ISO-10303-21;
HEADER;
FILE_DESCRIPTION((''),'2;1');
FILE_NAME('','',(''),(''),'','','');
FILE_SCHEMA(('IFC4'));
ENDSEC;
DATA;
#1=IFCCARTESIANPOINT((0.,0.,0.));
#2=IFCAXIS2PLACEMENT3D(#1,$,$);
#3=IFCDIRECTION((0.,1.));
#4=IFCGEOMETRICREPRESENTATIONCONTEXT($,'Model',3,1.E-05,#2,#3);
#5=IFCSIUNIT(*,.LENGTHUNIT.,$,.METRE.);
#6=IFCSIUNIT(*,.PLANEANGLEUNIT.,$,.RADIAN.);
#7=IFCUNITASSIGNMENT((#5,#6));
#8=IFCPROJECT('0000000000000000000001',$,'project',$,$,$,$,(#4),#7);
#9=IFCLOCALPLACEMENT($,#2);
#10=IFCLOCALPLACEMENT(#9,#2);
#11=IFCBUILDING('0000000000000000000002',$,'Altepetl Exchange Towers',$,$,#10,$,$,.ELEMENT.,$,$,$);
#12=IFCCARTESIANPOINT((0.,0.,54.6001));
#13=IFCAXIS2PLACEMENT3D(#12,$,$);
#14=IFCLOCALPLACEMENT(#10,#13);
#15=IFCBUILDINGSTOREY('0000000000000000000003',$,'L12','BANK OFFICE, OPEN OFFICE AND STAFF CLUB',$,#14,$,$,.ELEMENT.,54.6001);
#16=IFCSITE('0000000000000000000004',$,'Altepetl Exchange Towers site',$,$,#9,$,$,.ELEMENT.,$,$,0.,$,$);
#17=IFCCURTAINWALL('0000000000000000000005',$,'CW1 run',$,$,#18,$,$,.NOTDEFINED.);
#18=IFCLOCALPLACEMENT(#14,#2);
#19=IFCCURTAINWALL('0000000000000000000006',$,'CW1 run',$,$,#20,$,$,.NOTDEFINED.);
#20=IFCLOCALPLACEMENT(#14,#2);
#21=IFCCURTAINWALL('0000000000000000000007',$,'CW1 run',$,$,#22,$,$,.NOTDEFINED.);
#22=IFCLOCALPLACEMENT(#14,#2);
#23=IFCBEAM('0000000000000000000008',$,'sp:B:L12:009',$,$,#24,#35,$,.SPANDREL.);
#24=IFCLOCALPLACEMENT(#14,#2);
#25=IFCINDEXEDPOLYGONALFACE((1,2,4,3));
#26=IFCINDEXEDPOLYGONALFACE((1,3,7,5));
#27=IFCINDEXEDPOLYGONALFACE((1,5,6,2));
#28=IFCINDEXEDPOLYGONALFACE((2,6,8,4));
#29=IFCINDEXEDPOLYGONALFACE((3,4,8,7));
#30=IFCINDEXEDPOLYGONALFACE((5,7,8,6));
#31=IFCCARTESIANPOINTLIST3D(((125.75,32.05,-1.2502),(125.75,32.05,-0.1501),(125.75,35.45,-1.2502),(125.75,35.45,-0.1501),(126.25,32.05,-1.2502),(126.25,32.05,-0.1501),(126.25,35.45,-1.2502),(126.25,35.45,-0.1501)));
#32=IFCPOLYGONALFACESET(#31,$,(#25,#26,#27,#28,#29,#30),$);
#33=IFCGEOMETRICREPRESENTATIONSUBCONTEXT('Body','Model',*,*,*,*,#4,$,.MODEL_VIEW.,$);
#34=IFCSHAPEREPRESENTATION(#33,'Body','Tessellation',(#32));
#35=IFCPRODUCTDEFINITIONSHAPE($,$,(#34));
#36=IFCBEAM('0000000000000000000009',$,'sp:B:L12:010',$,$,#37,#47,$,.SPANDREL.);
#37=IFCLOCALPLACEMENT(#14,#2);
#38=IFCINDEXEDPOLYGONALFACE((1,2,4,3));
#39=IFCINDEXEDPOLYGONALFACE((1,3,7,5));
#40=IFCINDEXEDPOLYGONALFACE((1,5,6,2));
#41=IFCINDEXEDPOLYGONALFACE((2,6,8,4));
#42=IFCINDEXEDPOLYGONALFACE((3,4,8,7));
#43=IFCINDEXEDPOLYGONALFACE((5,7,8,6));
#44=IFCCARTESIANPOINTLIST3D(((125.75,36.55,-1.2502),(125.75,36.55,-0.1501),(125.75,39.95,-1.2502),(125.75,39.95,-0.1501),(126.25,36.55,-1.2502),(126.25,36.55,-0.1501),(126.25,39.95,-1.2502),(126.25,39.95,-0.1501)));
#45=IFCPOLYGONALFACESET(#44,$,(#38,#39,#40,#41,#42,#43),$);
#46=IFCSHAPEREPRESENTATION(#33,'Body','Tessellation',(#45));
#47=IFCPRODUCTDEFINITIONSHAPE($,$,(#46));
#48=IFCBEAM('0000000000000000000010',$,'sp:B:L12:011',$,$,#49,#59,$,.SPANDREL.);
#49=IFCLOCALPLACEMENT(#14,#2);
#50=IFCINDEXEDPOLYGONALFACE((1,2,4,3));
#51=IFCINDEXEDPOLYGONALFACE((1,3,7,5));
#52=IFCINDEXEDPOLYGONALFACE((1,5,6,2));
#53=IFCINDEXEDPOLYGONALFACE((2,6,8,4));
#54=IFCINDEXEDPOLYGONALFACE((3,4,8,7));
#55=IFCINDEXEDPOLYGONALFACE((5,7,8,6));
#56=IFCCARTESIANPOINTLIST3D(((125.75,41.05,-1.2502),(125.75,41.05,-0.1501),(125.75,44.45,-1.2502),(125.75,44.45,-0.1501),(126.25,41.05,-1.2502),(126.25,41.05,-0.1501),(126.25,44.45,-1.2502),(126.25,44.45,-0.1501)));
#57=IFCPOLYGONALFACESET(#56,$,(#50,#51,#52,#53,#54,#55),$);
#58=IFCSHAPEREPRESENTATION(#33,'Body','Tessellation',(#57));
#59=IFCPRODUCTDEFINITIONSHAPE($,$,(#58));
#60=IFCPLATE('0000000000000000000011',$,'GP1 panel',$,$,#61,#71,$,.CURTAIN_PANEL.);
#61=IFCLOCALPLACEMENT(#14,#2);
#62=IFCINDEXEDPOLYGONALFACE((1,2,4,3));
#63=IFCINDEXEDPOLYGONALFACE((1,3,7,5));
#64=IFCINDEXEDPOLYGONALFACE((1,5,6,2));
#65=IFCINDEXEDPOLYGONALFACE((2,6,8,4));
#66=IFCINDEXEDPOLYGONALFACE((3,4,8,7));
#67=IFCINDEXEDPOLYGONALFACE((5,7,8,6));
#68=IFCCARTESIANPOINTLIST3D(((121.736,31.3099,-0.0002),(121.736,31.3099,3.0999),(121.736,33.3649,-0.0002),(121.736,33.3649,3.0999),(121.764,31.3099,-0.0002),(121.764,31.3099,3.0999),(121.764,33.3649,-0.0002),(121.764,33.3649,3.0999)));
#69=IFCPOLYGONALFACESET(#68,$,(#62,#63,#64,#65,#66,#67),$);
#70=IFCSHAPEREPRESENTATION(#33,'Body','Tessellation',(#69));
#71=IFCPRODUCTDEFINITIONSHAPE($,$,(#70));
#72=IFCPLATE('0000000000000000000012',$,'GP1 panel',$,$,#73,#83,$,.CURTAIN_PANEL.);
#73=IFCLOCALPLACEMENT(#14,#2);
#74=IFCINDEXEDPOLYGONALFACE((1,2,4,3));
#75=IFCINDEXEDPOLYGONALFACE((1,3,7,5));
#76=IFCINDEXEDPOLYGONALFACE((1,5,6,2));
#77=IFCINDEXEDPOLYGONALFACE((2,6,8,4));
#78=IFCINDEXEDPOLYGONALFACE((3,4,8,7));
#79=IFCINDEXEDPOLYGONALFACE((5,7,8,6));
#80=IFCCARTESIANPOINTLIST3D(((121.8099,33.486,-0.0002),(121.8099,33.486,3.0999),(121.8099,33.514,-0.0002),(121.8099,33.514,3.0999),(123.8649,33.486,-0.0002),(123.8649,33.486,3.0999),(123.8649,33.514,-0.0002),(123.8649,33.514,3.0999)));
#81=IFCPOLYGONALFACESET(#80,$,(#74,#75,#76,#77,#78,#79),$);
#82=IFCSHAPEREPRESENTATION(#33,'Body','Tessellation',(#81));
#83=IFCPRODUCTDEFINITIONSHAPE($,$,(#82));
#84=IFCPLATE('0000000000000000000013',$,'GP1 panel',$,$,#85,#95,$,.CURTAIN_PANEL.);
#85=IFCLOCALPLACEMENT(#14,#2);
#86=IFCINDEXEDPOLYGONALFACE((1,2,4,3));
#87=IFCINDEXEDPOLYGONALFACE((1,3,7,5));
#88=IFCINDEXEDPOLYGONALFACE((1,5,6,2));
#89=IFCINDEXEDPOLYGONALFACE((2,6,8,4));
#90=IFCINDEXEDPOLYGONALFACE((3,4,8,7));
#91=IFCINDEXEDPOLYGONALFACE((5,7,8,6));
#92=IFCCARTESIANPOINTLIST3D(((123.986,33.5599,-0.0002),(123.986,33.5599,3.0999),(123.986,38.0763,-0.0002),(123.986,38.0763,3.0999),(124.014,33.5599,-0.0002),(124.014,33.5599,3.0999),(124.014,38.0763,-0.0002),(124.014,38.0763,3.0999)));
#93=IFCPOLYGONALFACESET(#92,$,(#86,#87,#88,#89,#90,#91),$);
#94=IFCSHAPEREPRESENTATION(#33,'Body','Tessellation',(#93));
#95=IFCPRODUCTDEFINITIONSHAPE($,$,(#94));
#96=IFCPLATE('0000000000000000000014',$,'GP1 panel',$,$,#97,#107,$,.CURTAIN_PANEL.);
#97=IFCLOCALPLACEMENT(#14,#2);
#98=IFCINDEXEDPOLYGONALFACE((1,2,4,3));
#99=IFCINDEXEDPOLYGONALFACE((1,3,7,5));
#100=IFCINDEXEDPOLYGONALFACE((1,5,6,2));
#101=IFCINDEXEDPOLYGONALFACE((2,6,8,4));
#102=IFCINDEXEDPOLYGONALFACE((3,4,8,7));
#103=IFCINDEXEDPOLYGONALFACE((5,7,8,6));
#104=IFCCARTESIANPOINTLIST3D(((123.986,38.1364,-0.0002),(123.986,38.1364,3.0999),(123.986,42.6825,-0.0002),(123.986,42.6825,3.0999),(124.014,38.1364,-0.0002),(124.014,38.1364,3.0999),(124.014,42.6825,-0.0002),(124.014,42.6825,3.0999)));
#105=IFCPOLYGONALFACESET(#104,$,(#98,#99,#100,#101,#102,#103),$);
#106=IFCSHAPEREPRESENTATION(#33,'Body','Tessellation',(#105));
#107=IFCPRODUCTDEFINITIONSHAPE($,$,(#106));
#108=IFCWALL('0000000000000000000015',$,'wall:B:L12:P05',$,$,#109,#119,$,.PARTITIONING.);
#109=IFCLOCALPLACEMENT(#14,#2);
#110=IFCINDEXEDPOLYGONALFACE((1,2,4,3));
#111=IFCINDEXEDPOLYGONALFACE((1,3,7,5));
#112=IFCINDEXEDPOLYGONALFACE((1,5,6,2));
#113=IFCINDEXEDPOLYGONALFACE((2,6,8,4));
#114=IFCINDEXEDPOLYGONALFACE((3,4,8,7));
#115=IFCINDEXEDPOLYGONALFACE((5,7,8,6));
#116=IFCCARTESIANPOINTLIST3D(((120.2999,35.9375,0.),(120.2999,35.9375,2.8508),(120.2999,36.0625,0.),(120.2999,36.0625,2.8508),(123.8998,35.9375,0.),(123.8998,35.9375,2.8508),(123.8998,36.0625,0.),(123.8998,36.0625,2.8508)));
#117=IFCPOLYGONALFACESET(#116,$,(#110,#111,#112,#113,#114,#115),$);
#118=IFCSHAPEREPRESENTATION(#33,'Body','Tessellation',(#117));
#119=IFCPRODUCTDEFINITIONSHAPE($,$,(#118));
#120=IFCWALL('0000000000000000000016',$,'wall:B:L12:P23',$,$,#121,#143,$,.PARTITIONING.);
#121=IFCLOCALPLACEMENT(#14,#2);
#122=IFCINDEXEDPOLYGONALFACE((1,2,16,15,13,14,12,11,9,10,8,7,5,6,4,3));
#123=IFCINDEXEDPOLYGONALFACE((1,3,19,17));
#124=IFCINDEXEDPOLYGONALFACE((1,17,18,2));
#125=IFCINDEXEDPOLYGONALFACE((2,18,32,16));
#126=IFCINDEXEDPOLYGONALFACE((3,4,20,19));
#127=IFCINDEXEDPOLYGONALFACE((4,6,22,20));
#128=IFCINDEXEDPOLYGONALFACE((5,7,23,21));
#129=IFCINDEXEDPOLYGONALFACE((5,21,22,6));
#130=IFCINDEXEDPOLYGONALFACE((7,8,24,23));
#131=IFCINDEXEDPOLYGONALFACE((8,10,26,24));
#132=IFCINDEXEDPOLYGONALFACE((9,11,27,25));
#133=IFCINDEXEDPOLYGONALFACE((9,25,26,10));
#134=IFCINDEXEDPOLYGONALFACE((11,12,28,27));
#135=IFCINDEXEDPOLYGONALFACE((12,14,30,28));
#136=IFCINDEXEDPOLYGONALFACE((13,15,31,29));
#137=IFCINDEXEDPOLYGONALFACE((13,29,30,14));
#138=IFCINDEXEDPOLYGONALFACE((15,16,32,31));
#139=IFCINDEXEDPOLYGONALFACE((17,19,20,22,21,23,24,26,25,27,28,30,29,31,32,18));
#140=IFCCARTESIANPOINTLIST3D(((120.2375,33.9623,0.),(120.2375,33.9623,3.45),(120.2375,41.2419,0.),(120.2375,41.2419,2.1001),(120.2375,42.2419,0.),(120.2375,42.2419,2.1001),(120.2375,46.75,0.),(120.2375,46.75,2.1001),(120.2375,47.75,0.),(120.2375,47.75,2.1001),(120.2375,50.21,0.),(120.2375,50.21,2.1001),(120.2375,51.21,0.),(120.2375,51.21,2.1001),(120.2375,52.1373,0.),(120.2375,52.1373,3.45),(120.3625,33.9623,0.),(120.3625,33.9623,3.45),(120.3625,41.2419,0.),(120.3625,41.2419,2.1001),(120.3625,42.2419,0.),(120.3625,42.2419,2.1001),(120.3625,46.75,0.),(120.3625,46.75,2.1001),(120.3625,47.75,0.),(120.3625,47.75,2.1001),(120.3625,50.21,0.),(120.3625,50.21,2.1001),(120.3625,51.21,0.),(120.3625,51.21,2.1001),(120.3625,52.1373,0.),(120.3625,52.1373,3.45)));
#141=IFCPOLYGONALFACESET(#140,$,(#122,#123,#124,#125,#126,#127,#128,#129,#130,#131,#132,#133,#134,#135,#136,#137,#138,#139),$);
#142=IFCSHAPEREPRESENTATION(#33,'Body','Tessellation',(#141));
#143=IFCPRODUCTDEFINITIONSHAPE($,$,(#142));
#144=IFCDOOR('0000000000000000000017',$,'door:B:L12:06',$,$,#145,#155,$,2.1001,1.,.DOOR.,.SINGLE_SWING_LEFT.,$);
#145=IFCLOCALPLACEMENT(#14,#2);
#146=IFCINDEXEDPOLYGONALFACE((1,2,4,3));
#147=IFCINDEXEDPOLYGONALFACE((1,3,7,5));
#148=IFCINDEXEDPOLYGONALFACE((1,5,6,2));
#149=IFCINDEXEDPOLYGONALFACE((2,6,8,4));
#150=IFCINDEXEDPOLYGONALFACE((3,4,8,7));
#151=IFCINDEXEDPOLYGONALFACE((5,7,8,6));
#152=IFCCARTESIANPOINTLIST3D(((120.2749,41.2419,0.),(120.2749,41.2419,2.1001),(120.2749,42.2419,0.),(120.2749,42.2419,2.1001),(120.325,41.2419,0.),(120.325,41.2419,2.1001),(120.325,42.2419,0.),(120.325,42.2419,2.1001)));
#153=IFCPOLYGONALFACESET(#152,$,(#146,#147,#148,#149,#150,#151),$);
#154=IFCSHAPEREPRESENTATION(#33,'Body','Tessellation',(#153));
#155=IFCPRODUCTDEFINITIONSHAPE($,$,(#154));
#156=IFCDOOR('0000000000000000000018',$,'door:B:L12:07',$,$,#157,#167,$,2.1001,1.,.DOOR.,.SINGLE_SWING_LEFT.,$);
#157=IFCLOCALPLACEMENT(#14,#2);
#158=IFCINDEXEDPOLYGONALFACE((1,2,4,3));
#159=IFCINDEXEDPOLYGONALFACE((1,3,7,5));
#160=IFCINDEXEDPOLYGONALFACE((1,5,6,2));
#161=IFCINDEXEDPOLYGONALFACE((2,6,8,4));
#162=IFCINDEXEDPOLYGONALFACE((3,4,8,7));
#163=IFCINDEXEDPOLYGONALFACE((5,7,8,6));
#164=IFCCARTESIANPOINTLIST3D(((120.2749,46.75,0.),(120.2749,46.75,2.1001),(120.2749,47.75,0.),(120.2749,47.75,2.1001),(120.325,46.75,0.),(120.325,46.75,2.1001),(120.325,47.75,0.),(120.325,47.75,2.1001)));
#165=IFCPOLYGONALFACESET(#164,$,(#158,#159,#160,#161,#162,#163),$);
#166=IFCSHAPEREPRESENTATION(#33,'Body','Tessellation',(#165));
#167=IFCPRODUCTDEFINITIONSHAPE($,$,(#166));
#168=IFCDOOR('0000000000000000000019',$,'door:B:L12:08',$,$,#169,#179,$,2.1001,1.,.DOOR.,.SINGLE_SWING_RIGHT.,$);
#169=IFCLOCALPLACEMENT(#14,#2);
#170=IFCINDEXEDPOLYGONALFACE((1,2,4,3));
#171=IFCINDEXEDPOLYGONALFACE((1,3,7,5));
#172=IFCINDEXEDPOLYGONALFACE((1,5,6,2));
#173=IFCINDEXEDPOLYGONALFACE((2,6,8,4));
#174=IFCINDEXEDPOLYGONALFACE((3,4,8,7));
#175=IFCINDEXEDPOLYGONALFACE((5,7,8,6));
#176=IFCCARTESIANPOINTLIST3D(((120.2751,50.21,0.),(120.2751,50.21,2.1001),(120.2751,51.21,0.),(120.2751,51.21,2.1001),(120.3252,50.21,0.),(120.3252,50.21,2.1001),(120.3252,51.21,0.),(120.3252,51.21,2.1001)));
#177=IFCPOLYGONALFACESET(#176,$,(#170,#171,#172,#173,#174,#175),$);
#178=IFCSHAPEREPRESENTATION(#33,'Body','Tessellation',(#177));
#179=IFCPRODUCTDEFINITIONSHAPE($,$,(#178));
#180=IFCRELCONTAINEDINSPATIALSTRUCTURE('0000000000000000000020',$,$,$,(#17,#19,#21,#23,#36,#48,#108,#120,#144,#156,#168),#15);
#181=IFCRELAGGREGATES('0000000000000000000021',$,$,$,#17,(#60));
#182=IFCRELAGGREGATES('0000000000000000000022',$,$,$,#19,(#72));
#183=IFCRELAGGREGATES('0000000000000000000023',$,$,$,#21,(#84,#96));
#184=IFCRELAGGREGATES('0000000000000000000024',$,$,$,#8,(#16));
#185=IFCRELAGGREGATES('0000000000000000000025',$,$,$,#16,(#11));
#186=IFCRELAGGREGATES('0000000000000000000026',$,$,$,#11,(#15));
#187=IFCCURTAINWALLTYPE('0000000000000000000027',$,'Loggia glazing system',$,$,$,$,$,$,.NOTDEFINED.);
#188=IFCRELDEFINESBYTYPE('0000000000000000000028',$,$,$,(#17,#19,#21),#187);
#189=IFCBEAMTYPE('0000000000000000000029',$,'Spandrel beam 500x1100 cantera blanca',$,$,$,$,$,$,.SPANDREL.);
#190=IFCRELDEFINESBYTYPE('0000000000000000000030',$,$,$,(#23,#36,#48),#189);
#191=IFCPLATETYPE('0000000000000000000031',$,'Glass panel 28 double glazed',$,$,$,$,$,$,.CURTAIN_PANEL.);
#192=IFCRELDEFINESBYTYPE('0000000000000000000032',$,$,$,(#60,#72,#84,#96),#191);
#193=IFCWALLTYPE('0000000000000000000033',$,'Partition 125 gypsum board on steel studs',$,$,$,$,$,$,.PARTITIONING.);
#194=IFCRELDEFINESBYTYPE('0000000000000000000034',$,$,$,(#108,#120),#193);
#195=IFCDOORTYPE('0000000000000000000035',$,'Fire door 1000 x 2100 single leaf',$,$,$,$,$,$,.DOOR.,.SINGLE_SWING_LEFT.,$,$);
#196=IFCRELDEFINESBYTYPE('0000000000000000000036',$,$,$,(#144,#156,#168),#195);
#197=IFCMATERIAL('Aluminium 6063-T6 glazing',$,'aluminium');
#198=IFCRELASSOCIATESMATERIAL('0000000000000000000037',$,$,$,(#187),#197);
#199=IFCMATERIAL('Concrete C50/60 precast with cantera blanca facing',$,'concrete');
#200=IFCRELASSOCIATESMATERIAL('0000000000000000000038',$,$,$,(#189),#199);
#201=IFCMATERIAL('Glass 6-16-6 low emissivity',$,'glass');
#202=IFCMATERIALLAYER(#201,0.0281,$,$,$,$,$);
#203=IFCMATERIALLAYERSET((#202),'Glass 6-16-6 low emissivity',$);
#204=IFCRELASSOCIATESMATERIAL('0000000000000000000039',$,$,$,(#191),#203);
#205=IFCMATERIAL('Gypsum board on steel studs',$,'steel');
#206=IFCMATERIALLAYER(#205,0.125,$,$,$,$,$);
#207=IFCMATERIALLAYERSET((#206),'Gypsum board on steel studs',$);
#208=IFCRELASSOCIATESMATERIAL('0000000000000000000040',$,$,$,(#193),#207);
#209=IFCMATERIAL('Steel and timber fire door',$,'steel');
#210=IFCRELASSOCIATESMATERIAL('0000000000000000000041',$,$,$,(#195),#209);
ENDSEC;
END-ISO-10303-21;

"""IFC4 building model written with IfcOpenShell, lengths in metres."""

from ifc_helpers import new_model, si_unit, direction, frame, frame_2d, origin, origin_2d, place, context, subcontext, project, spatial, rectangle, extrude, material, layer, layer_set, material_profile, profile_set, type_object, element, fill, aggregate, save


model = new_model("IFC4")

# Units and contexts
model_context = context("Model", 3, precision=1e-05, world=origin(), true_north=direction((0.0, 1.0)))
body_context = subcontext(model_context, "Body", "Model", "MODEL_VIEW")
ifc_project = project(units=[si_unit("LENGTHUNIT", "METRE"), si_unit("PLANEANGLEUNIT", "RADIAN")], contexts=[model_context])

# Site, building, storey
site_placement = place(None, origin())
site = spatial("IfcSite", under=ifc_project, at=site_placement, Name="Altepetl Exchange Towers site", CompositionType="ELEMENT", RefElevation=0.0)
building_placement = place(site_placement, origin())
building = spatial("IfcBuilding", under=site, at=building_placement, Name="Altepetl Exchange Towers", CompositionType="ELEMENT")
storey_placement = place(building_placement, frame((0.0, 0.0, 54.6001)))
storey = spatial("IfcBuildingStorey", under=building, at=storey_placement, Name="L12", Description="BANK OFFICE, OPEN OFFICE AND STAFF CLUB", CompositionType="ELEMENT", Elevation=54.6001)

# Curtain wall
ifc_material_1 = material(Name="Aluminium 6063-T6 glazing", Category="aluminium")
curtain_wall_type = type_object("IfcCurtainWallType", Name="Loggia glazing system", PredefinedType="NOTDEFINED", material=ifc_material_1)
curtain_wall_1_placement = place(storey_placement, origin())
curtain_wall_1 = element("IfcCurtainWall", 1, at=curtain_wall_1_placement, inside=storey, type_object=curtain_wall_type, Name="CW1 run", PredefinedType="NOTDEFINED")

# Curtain walls
curtain_wall_2_placement = place(storey_placement, origin())
curtain_wall_2 = element("IfcCurtainWall", 2, at=curtain_wall_2_placement, inside=storey, type_object=curtain_wall_type, Name="CW1 run", PredefinedType="NOTDEFINED")
curtain_wall_3_placement = place(storey_placement, origin())
curtain_wall_3 = element("IfcCurtainWall", 3, at=curtain_wall_3_placement, inside=storey, type_object=curtain_wall_type, Name="CW1 run", PredefinedType="NOTDEFINED")

# Beams
ifc_material_2 = material(Name="Concrete C50/60 precast with cantera blanca facing", Category="concrete")
ifc_material_profile_1 = material_profile(ifc_material_2, rectangle(XDim=0.5, YDim=1.1001, at=origin_2d()), Name="500 x 1100")
ifc_profile_set_1 = profile_set([ifc_material_profile_1], Name="Concrete C50/60 precast with cantera blanca facing")
beam_type_1 = type_object("IfcBeamType", Name="Spandrel beam 500x1100 cantera blanca", PredefinedType="SPANDREL", material=ifc_profile_set_1)
for number, where, z_axis, x_axis, name in (
    (4, (126.0, 32.05, -0.7002), (0.0, 1.0, 0.0), (-1.0, 0.0, 0.0), "sp:B:L12:009"),
    (5, (126.0, 36.55, -0.7002), (0.0, 1.0, 0.0), (-1.0, 0.0, 0.0), "sp:B:L12:010"),
    (6, (126.0, 41.05, -0.7002), (0.0, 1.0, 0.0), (-1.0, 0.0, 0.0), "sp:B:L12:011"),
):
    element("IfcBeam", number, at=place(storey_placement, frame(where, z_axis=z_axis, x_axis=x_axis)), inside=storey, type_object=beam_type_1, Name=name, PredefinedType="SPANDREL", context=body_context, shape_type="SweptSolid", body=[
        extrude(rectangle(XDim=0.5, YDim=1.1001, at=origin_2d()), origin(), (0.0, 0.0, 1.0), 3.3999),
    ])

# Plates
ifc_material_3 = material(Name="Glass 6-16-6 low emissivity", Category="glass")
ifc_layer_1 = layer(ifc_material_3, 0.0281)
ifc_layer_set_1 = layer_set([ifc_layer_1], Name="Glass 6-16-6 low emissivity")
plate_type = type_object("IfcPlateType", Name="Glass panel 28 double glazed", PredefinedType="CURTAIN_PANEL", material=ifc_layer_set_1)
plate_1_placement = place(storey_placement, frame((121.75, 32.3374, -0.0002), z_axis=(0.0, 0.0, 1.0), x_axis=(0.0, 1.0, 0.0)))
plate_1 = element("IfcPlate", 7, at=plate_1_placement, type_object=plate_type, Name="GP1 panel", PredefinedType="CURTAIN_PANEL", context=body_context, shape_type="SweptSolid", body=[
    extrude(rectangle(XDim=2.0549, YDim=0.0281, at=origin_2d()), origin(), (0.0, 0.0, 1.0), 3.1001),
])
aggregate(curtain_wall_1, [plate_1])
plate_2_placement = place(storey_placement, frame((122.8374, 33.5, -0.0002)))
plate_2 = element("IfcPlate", 8, at=plate_2_placement, type_object=plate_type, Name="GP1 panel", PredefinedType="CURTAIN_PANEL", context=body_context, shape_type="SweptSolid", body=[
    extrude(rectangle(XDim=2.0549, YDim=0.0281, at=origin_2d()), origin(), (0.0, 0.0, 1.0), 3.1001),
])
aggregate(curtain_wall_2, [plate_2])
plate_3_placement = place(storey_placement, frame((124.0, 35.8181, -0.0002), z_axis=(0.0, 0.0, 1.0), x_axis=(0.0, 1.0, 0.0)))
plate_3 = element("IfcPlate", 9, at=plate_3_placement, type_object=plate_type, Name="GP1 panel", PredefinedType="CURTAIN_PANEL", context=body_context, shape_type="SweptSolid", body=[
    extrude(rectangle(XDim=4.5164, YDim=0.0281, at=origin_2d()), origin(), (0.0, 0.0, 1.0), 3.1001),
])
plate_4_placement = place(storey_placement, frame((124.0, 40.4094, -0.0002), z_axis=(0.0, 0.0, 1.0), x_axis=(0.0, 1.0, 0.0)))
plate_4 = element("IfcPlate", 10, at=plate_4_placement, type_object=plate_type, Name="GP1 panel", PredefinedType="CURTAIN_PANEL", context=body_context, shape_type="SweptSolid", body=[
    extrude(rectangle(XDim=4.5461, YDim=0.0281, at=origin_2d()), origin(), (0.0, 0.0, 1.0), 3.1001),
])
aggregate(curtain_wall_3, [plate_3, plate_4])

# Wall
ifc_material_4 = material(Name="Gypsum board on steel studs", Category="steel")
ifc_layer_2 = layer(ifc_material_4, 0.125)
ifc_layer_set_2 = layer_set([ifc_layer_2], Name="Gypsum board on steel studs")
wall_type = type_object("IfcWallType", Name="Partition 125 gypsum board on steel studs", PredefinedType="PARTITIONING", material=ifc_layer_set_2)
wall_1_placement = place(storey_placement, frame((120.3, 36.0, 0.0)))
element("IfcWall", 11, at=wall_1_placement, inside=storey, type_object=wall_type, Name="wall:B:L12:P05", PredefinedType="PARTITIONING", context=body_context, shape_type="SweptSolid", body=[
    extrude(rectangle(XDim=3.5999, YDim=0.125, at=frame_2d((1.7998, 0.0))), origin(), (0.0, 0.0, 1.0), 2.8508),
])

# Wall, openings, doors
wall_2_placement = place(storey_placement, frame((120.3, 33.9624, 0.0), z_axis=(0.0, 0.0, 1.0), x_axis=(0.0, 1.0, 0.0)))
wall_2 = element("IfcWall", 12, at=wall_2_placement, inside=storey, type_object=wall_type, Name="wall:B:L12:P23", PredefinedType="PARTITIONING", context=body_context, shape_type="SweptSolid", body=[
    extrude(rectangle(XDim=18.175, YDim=0.125, at=frame_2d((9.0874, 0.0))), origin(), (0.0, 0.0, 1.0), 3.45),
])
opening_1_placement = place(wall_2_placement, frame((7.2795, 0.0, 0.0)))
opening_1 = element("IfcOpeningElement", 13, at=opening_1_placement, cuts=wall_2, PredefinedType="OPENING", context=body_context, shape_type="SweptSolid", body=[
    extrude(rectangle(XDim=1.0, YDim=2.1001, at=frame_2d((0.5, 1.05))), frame((0.0, 0.0725, 0.0), z_axis=(0.0, -1.0, 0.0), x_axis=(1.0, 0.0, 0.0)), (0.0, 0.0, 1.0), 0.145),
])
opening_2_placement = place(wall_2_placement, frame((12.7876, 0.0, 0.0)))
opening_2 = element("IfcOpeningElement", 14, at=opening_2_placement, cuts=wall_2, PredefinedType="OPENING", context=body_context, shape_type="SweptSolid", body=[
    extrude(rectangle(XDim=1.0, YDim=2.1001, at=frame_2d((0.5, 1.05))), frame((0.0, 0.0725, 0.0), z_axis=(0.0, -1.0, 0.0), x_axis=(1.0, 0.0, 0.0)), (0.0, 0.0, 1.0), 0.145),
])
opening_3_placement = place(wall_2_placement, frame((16.2476, 0.0, 0.0)))
opening_3 = element("IfcOpeningElement", 15, at=opening_3_placement, cuts=wall_2, PredefinedType="OPENING", context=body_context, shape_type="SweptSolid", body=[
    extrude(rectangle(XDim=1.0, YDim=2.1001, at=frame_2d((0.5, 1.05))), frame((0.0, 0.0725, 0.0), z_axis=(0.0, -1.0, 0.0), x_axis=(1.0, 0.0, 0.0)), (0.0, 0.0, 1.0), 0.145),
])
ifc_material_5 = material(Name="Steel and timber fire door", Category="steel")
door_type = type_object("IfcDoorType", Name="Fire door 1000 x 2100 single leaf", OperationType="SINGLE_SWING_LEFT", PredefinedType="DOOR", material=ifc_material_5)
door_1_placement = place(opening_1_placement, frame((1.0, 0.0, 0.0), x_axis=(-1.0, 0.0, 0.0)))
door_1 = element("IfcDoor", 16, at=door_1_placement, inside=storey, type_object=door_type, Name="door:B:L12:06", OperationType="SINGLE_SWING_LEFT", OverallHeight=2.1001, OverallWidth=1.0, PredefinedType="DOOR", context=body_context, shape_type="SweptSolid", body=[
    extrude(rectangle(XDim=1.0, YDim=2.1001, at=frame_2d((0.5, 1.05))), frame((0.0, 0.0249, 0.0), z_axis=(0.0, -1.0, 0.0), x_axis=(1.0, 0.0, 0.0)), (0.0, 0.0, 1.0), 0.05),
])
fill(opening_1, door_1)
door_2_placement = place(opening_2_placement, frame((1.0, 0.0, 0.0), x_axis=(-1.0, 0.0, 0.0)))
door_2 = element("IfcDoor", 17, at=door_2_placement, inside=storey, type_object=door_type, Name="door:B:L12:07", OperationType="SINGLE_SWING_LEFT", OverallHeight=2.1001, OverallWidth=1.0, PredefinedType="DOOR", context=body_context, shape_type="SweptSolid", body=[
    extrude(rectangle(XDim=1.0, YDim=2.1001, at=frame_2d((0.5, 1.05))), frame((0.0, 0.0249, 0.0), z_axis=(0.0, -1.0, 0.0), x_axis=(1.0, 0.0, 0.0)), (0.0, 0.0, 1.0), 0.05),
])
fill(opening_2, door_2)
door_3_placement = place(opening_3_placement, origin())
door_3 = element("IfcDoor", 18, at=door_3_placement, inside=storey, type_object=door_type, Name="door:B:L12:08", OperationType="SINGLE_SWING_RIGHT", OverallHeight=2.1001, OverallWidth=1.0, PredefinedType="DOOR", context=body_context, shape_type="SweptSolid", body=[
    extrude(rectangle(XDim=1.0, YDim=2.1001, at=frame_2d((0.5, 1.05))), frame((0.0, 0.0249, 0.0), z_axis=(0.0, -1.0, 0.0), x_axis=(1.0, 0.0, 0.0)), (0.0, 0.0, 1.0), 0.05),
])
fill(opening_3, door_3)

save(model, "model.ifc")
